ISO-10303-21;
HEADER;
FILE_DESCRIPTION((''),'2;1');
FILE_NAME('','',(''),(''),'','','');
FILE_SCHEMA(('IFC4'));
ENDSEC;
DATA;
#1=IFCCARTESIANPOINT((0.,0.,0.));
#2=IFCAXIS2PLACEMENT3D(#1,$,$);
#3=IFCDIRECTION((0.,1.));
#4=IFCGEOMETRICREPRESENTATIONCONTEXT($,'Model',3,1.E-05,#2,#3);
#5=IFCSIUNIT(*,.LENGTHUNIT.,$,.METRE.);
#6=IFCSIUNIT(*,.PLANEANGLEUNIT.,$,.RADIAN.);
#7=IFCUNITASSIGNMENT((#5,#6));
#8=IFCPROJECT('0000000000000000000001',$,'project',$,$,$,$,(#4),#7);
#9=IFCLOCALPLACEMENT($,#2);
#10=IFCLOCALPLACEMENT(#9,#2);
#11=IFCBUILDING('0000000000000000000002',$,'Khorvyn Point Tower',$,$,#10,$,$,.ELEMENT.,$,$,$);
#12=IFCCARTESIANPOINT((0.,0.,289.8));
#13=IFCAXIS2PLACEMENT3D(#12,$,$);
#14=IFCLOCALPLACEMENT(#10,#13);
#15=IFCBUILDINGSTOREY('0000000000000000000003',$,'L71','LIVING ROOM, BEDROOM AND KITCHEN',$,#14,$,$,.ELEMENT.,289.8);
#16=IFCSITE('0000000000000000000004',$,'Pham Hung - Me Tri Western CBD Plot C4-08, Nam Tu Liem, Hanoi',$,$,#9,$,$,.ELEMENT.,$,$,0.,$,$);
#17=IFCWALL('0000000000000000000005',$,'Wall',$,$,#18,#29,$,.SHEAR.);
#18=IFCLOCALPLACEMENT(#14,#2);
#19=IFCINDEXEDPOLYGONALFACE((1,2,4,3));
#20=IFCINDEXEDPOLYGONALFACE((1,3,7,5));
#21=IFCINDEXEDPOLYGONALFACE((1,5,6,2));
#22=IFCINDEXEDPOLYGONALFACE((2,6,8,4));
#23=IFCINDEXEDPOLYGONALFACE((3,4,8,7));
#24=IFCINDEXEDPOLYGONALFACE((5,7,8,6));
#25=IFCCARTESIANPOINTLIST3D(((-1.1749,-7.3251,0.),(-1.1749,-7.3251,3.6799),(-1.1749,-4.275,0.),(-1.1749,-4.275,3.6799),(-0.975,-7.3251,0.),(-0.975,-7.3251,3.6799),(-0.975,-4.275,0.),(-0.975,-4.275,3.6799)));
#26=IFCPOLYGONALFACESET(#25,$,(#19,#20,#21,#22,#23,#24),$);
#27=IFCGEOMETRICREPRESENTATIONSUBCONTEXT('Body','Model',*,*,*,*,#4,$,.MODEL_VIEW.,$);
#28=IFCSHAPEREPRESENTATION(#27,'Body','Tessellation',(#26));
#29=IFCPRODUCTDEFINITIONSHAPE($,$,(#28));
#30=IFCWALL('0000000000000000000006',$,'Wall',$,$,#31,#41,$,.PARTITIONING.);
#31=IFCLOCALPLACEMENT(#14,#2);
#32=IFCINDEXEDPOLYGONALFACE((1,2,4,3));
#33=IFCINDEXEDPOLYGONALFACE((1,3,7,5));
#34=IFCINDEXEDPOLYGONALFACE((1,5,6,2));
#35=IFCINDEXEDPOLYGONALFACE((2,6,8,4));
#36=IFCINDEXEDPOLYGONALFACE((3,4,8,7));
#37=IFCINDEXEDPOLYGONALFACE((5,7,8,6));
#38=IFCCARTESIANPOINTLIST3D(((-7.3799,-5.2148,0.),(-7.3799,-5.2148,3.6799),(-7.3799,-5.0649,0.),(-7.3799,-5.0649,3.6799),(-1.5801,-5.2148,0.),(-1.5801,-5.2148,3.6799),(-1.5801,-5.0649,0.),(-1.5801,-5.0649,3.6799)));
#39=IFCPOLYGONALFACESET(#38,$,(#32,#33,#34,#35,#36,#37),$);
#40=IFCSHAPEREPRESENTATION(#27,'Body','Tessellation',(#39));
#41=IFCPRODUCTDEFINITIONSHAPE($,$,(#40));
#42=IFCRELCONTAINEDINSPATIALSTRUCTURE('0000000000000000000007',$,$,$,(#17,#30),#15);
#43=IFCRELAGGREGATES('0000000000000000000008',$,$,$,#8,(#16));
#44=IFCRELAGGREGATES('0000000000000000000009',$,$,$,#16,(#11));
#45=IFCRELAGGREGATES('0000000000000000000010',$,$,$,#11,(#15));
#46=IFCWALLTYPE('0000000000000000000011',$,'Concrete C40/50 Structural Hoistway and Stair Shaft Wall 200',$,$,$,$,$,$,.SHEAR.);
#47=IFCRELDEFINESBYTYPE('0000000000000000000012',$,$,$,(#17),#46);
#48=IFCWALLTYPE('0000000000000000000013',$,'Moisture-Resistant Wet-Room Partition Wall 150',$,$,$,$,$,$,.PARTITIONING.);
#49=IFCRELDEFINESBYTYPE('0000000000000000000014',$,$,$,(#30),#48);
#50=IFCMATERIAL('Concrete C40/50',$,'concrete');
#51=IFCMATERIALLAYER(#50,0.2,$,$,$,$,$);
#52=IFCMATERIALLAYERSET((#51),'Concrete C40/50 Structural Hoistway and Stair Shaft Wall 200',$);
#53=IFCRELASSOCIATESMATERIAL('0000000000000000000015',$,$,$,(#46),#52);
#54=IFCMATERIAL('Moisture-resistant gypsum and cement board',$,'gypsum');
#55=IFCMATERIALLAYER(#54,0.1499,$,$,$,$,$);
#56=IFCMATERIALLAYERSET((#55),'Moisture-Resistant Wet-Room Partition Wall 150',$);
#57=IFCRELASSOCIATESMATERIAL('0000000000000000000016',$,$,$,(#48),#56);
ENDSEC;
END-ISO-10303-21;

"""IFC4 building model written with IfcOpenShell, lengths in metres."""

from ifc_helpers import new_model, si_unit, direction, frame, frame_2d, origin, place, context, subcontext, project, spatial, rectangle, extrude, material, layer, layer_set, type_object, element, save


model = new_model("IFC4")

# Units and contexts
model_context = context("Model", 3, precision=1e-05, world=origin(), true_north=direction((0.0, 1.0)))
body_context = subcontext(model_context, "Body", "Model", "MODEL_VIEW")
ifc_project = project(units=[si_unit("LENGTHUNIT", "METRE"), si_unit("PLANEANGLEUNIT", "RADIAN")], contexts=[model_context])

# Site, building, storey
site_placement = place(None, origin())
site = spatial("IfcSite", under=ifc_project, at=site_placement, Name="Pham Hung - Me Tri Western CBD Plot C4-08, Nam Tu Liem, Hanoi", CompositionType="ELEMENT", RefElevation=0.0)
building_placement = place(site_placement, origin())
building = spatial("IfcBuilding", under=site, at=building_placement, Name="Khorvyn Point Tower", CompositionType="ELEMENT")
storey_placement = place(building_placement, frame((0.0, 0.0, 289.8)))
storey = spatial("IfcBuildingStorey", under=building, at=storey_placement, Name="L71", Description="LIVING ROOM, BEDROOM AND KITCHEN", CompositionType="ELEMENT", Elevation=289.8)

# Shared definitions
ifc_material_1 = material(Name="Concrete C40/50", Category="concrete")

# Walls
ifc_layer_1 = layer(ifc_material_1, 0.2)
ifc_layer_set_1 = layer_set([ifc_layer_1], Name="Concrete C40/50 Structural Hoistway and Stair Shaft Wall 200")
wall_type_1 = type_object("IfcWallType", Name="Concrete C40/50 Structural Hoistway and Stair Shaft Wall 200", PredefinedType="SHEAR", material=ifc_layer_set_1)
wall_1_placement = place(storey_placement, frame((-1.075, -7.325, 0.0), z_axis=(0.0, 0.0, 1.0), x_axis=(0.0, 1.0, 0.0)))
element("IfcWall", 1, at=wall_1_placement, inside=storey, type_object=wall_type_1, Name="Wall", PredefinedType="SHEAR", context=body_context, shape_type="SweptSolid", body=[
    extrude(rectangle(XDim=3.05, YDim=0.2, at=frame_2d((1.5249, 0.0))), origin(), (0.0, 0.0, 1.0), 3.6799),
])
ifc_material_2 = material(Name="Moisture-resistant gypsum and cement board", Category="gypsum")
ifc_layer_2 = layer(ifc_material_2, 0.1499)
ifc_layer_set_2 = layer_set([ifc_layer_2], Name="Moisture-Resistant Wet-Room Partition Wall 150")
wall_type_2 = type_object("IfcWallType", Name="Moisture-Resistant Wet-Room Partition Wall 150", PredefinedType="PARTITIONING", material=ifc_layer_set_2)
wall_2_placement = place(storey_placement, frame((-7.3799, -5.1399, 0.0), z_axis=(0.0, 0.0, 1.0), x_axis=(1.0, 0.0, 0.0)))
element("IfcWall", 2, at=wall_2_placement, inside=storey, type_object=wall_type_2, Name="Wall", PredefinedType="PARTITIONING", context=body_context, shape_type="SweptSolid", body=[
    extrude(rectangle(XDim=5.7998, YDim=0.1499, at=frame_2d((2.8999, 0.0))), origin(), (0.0, 0.0, 1.0), 3.6799),
])

save(model, "model.ifc")
